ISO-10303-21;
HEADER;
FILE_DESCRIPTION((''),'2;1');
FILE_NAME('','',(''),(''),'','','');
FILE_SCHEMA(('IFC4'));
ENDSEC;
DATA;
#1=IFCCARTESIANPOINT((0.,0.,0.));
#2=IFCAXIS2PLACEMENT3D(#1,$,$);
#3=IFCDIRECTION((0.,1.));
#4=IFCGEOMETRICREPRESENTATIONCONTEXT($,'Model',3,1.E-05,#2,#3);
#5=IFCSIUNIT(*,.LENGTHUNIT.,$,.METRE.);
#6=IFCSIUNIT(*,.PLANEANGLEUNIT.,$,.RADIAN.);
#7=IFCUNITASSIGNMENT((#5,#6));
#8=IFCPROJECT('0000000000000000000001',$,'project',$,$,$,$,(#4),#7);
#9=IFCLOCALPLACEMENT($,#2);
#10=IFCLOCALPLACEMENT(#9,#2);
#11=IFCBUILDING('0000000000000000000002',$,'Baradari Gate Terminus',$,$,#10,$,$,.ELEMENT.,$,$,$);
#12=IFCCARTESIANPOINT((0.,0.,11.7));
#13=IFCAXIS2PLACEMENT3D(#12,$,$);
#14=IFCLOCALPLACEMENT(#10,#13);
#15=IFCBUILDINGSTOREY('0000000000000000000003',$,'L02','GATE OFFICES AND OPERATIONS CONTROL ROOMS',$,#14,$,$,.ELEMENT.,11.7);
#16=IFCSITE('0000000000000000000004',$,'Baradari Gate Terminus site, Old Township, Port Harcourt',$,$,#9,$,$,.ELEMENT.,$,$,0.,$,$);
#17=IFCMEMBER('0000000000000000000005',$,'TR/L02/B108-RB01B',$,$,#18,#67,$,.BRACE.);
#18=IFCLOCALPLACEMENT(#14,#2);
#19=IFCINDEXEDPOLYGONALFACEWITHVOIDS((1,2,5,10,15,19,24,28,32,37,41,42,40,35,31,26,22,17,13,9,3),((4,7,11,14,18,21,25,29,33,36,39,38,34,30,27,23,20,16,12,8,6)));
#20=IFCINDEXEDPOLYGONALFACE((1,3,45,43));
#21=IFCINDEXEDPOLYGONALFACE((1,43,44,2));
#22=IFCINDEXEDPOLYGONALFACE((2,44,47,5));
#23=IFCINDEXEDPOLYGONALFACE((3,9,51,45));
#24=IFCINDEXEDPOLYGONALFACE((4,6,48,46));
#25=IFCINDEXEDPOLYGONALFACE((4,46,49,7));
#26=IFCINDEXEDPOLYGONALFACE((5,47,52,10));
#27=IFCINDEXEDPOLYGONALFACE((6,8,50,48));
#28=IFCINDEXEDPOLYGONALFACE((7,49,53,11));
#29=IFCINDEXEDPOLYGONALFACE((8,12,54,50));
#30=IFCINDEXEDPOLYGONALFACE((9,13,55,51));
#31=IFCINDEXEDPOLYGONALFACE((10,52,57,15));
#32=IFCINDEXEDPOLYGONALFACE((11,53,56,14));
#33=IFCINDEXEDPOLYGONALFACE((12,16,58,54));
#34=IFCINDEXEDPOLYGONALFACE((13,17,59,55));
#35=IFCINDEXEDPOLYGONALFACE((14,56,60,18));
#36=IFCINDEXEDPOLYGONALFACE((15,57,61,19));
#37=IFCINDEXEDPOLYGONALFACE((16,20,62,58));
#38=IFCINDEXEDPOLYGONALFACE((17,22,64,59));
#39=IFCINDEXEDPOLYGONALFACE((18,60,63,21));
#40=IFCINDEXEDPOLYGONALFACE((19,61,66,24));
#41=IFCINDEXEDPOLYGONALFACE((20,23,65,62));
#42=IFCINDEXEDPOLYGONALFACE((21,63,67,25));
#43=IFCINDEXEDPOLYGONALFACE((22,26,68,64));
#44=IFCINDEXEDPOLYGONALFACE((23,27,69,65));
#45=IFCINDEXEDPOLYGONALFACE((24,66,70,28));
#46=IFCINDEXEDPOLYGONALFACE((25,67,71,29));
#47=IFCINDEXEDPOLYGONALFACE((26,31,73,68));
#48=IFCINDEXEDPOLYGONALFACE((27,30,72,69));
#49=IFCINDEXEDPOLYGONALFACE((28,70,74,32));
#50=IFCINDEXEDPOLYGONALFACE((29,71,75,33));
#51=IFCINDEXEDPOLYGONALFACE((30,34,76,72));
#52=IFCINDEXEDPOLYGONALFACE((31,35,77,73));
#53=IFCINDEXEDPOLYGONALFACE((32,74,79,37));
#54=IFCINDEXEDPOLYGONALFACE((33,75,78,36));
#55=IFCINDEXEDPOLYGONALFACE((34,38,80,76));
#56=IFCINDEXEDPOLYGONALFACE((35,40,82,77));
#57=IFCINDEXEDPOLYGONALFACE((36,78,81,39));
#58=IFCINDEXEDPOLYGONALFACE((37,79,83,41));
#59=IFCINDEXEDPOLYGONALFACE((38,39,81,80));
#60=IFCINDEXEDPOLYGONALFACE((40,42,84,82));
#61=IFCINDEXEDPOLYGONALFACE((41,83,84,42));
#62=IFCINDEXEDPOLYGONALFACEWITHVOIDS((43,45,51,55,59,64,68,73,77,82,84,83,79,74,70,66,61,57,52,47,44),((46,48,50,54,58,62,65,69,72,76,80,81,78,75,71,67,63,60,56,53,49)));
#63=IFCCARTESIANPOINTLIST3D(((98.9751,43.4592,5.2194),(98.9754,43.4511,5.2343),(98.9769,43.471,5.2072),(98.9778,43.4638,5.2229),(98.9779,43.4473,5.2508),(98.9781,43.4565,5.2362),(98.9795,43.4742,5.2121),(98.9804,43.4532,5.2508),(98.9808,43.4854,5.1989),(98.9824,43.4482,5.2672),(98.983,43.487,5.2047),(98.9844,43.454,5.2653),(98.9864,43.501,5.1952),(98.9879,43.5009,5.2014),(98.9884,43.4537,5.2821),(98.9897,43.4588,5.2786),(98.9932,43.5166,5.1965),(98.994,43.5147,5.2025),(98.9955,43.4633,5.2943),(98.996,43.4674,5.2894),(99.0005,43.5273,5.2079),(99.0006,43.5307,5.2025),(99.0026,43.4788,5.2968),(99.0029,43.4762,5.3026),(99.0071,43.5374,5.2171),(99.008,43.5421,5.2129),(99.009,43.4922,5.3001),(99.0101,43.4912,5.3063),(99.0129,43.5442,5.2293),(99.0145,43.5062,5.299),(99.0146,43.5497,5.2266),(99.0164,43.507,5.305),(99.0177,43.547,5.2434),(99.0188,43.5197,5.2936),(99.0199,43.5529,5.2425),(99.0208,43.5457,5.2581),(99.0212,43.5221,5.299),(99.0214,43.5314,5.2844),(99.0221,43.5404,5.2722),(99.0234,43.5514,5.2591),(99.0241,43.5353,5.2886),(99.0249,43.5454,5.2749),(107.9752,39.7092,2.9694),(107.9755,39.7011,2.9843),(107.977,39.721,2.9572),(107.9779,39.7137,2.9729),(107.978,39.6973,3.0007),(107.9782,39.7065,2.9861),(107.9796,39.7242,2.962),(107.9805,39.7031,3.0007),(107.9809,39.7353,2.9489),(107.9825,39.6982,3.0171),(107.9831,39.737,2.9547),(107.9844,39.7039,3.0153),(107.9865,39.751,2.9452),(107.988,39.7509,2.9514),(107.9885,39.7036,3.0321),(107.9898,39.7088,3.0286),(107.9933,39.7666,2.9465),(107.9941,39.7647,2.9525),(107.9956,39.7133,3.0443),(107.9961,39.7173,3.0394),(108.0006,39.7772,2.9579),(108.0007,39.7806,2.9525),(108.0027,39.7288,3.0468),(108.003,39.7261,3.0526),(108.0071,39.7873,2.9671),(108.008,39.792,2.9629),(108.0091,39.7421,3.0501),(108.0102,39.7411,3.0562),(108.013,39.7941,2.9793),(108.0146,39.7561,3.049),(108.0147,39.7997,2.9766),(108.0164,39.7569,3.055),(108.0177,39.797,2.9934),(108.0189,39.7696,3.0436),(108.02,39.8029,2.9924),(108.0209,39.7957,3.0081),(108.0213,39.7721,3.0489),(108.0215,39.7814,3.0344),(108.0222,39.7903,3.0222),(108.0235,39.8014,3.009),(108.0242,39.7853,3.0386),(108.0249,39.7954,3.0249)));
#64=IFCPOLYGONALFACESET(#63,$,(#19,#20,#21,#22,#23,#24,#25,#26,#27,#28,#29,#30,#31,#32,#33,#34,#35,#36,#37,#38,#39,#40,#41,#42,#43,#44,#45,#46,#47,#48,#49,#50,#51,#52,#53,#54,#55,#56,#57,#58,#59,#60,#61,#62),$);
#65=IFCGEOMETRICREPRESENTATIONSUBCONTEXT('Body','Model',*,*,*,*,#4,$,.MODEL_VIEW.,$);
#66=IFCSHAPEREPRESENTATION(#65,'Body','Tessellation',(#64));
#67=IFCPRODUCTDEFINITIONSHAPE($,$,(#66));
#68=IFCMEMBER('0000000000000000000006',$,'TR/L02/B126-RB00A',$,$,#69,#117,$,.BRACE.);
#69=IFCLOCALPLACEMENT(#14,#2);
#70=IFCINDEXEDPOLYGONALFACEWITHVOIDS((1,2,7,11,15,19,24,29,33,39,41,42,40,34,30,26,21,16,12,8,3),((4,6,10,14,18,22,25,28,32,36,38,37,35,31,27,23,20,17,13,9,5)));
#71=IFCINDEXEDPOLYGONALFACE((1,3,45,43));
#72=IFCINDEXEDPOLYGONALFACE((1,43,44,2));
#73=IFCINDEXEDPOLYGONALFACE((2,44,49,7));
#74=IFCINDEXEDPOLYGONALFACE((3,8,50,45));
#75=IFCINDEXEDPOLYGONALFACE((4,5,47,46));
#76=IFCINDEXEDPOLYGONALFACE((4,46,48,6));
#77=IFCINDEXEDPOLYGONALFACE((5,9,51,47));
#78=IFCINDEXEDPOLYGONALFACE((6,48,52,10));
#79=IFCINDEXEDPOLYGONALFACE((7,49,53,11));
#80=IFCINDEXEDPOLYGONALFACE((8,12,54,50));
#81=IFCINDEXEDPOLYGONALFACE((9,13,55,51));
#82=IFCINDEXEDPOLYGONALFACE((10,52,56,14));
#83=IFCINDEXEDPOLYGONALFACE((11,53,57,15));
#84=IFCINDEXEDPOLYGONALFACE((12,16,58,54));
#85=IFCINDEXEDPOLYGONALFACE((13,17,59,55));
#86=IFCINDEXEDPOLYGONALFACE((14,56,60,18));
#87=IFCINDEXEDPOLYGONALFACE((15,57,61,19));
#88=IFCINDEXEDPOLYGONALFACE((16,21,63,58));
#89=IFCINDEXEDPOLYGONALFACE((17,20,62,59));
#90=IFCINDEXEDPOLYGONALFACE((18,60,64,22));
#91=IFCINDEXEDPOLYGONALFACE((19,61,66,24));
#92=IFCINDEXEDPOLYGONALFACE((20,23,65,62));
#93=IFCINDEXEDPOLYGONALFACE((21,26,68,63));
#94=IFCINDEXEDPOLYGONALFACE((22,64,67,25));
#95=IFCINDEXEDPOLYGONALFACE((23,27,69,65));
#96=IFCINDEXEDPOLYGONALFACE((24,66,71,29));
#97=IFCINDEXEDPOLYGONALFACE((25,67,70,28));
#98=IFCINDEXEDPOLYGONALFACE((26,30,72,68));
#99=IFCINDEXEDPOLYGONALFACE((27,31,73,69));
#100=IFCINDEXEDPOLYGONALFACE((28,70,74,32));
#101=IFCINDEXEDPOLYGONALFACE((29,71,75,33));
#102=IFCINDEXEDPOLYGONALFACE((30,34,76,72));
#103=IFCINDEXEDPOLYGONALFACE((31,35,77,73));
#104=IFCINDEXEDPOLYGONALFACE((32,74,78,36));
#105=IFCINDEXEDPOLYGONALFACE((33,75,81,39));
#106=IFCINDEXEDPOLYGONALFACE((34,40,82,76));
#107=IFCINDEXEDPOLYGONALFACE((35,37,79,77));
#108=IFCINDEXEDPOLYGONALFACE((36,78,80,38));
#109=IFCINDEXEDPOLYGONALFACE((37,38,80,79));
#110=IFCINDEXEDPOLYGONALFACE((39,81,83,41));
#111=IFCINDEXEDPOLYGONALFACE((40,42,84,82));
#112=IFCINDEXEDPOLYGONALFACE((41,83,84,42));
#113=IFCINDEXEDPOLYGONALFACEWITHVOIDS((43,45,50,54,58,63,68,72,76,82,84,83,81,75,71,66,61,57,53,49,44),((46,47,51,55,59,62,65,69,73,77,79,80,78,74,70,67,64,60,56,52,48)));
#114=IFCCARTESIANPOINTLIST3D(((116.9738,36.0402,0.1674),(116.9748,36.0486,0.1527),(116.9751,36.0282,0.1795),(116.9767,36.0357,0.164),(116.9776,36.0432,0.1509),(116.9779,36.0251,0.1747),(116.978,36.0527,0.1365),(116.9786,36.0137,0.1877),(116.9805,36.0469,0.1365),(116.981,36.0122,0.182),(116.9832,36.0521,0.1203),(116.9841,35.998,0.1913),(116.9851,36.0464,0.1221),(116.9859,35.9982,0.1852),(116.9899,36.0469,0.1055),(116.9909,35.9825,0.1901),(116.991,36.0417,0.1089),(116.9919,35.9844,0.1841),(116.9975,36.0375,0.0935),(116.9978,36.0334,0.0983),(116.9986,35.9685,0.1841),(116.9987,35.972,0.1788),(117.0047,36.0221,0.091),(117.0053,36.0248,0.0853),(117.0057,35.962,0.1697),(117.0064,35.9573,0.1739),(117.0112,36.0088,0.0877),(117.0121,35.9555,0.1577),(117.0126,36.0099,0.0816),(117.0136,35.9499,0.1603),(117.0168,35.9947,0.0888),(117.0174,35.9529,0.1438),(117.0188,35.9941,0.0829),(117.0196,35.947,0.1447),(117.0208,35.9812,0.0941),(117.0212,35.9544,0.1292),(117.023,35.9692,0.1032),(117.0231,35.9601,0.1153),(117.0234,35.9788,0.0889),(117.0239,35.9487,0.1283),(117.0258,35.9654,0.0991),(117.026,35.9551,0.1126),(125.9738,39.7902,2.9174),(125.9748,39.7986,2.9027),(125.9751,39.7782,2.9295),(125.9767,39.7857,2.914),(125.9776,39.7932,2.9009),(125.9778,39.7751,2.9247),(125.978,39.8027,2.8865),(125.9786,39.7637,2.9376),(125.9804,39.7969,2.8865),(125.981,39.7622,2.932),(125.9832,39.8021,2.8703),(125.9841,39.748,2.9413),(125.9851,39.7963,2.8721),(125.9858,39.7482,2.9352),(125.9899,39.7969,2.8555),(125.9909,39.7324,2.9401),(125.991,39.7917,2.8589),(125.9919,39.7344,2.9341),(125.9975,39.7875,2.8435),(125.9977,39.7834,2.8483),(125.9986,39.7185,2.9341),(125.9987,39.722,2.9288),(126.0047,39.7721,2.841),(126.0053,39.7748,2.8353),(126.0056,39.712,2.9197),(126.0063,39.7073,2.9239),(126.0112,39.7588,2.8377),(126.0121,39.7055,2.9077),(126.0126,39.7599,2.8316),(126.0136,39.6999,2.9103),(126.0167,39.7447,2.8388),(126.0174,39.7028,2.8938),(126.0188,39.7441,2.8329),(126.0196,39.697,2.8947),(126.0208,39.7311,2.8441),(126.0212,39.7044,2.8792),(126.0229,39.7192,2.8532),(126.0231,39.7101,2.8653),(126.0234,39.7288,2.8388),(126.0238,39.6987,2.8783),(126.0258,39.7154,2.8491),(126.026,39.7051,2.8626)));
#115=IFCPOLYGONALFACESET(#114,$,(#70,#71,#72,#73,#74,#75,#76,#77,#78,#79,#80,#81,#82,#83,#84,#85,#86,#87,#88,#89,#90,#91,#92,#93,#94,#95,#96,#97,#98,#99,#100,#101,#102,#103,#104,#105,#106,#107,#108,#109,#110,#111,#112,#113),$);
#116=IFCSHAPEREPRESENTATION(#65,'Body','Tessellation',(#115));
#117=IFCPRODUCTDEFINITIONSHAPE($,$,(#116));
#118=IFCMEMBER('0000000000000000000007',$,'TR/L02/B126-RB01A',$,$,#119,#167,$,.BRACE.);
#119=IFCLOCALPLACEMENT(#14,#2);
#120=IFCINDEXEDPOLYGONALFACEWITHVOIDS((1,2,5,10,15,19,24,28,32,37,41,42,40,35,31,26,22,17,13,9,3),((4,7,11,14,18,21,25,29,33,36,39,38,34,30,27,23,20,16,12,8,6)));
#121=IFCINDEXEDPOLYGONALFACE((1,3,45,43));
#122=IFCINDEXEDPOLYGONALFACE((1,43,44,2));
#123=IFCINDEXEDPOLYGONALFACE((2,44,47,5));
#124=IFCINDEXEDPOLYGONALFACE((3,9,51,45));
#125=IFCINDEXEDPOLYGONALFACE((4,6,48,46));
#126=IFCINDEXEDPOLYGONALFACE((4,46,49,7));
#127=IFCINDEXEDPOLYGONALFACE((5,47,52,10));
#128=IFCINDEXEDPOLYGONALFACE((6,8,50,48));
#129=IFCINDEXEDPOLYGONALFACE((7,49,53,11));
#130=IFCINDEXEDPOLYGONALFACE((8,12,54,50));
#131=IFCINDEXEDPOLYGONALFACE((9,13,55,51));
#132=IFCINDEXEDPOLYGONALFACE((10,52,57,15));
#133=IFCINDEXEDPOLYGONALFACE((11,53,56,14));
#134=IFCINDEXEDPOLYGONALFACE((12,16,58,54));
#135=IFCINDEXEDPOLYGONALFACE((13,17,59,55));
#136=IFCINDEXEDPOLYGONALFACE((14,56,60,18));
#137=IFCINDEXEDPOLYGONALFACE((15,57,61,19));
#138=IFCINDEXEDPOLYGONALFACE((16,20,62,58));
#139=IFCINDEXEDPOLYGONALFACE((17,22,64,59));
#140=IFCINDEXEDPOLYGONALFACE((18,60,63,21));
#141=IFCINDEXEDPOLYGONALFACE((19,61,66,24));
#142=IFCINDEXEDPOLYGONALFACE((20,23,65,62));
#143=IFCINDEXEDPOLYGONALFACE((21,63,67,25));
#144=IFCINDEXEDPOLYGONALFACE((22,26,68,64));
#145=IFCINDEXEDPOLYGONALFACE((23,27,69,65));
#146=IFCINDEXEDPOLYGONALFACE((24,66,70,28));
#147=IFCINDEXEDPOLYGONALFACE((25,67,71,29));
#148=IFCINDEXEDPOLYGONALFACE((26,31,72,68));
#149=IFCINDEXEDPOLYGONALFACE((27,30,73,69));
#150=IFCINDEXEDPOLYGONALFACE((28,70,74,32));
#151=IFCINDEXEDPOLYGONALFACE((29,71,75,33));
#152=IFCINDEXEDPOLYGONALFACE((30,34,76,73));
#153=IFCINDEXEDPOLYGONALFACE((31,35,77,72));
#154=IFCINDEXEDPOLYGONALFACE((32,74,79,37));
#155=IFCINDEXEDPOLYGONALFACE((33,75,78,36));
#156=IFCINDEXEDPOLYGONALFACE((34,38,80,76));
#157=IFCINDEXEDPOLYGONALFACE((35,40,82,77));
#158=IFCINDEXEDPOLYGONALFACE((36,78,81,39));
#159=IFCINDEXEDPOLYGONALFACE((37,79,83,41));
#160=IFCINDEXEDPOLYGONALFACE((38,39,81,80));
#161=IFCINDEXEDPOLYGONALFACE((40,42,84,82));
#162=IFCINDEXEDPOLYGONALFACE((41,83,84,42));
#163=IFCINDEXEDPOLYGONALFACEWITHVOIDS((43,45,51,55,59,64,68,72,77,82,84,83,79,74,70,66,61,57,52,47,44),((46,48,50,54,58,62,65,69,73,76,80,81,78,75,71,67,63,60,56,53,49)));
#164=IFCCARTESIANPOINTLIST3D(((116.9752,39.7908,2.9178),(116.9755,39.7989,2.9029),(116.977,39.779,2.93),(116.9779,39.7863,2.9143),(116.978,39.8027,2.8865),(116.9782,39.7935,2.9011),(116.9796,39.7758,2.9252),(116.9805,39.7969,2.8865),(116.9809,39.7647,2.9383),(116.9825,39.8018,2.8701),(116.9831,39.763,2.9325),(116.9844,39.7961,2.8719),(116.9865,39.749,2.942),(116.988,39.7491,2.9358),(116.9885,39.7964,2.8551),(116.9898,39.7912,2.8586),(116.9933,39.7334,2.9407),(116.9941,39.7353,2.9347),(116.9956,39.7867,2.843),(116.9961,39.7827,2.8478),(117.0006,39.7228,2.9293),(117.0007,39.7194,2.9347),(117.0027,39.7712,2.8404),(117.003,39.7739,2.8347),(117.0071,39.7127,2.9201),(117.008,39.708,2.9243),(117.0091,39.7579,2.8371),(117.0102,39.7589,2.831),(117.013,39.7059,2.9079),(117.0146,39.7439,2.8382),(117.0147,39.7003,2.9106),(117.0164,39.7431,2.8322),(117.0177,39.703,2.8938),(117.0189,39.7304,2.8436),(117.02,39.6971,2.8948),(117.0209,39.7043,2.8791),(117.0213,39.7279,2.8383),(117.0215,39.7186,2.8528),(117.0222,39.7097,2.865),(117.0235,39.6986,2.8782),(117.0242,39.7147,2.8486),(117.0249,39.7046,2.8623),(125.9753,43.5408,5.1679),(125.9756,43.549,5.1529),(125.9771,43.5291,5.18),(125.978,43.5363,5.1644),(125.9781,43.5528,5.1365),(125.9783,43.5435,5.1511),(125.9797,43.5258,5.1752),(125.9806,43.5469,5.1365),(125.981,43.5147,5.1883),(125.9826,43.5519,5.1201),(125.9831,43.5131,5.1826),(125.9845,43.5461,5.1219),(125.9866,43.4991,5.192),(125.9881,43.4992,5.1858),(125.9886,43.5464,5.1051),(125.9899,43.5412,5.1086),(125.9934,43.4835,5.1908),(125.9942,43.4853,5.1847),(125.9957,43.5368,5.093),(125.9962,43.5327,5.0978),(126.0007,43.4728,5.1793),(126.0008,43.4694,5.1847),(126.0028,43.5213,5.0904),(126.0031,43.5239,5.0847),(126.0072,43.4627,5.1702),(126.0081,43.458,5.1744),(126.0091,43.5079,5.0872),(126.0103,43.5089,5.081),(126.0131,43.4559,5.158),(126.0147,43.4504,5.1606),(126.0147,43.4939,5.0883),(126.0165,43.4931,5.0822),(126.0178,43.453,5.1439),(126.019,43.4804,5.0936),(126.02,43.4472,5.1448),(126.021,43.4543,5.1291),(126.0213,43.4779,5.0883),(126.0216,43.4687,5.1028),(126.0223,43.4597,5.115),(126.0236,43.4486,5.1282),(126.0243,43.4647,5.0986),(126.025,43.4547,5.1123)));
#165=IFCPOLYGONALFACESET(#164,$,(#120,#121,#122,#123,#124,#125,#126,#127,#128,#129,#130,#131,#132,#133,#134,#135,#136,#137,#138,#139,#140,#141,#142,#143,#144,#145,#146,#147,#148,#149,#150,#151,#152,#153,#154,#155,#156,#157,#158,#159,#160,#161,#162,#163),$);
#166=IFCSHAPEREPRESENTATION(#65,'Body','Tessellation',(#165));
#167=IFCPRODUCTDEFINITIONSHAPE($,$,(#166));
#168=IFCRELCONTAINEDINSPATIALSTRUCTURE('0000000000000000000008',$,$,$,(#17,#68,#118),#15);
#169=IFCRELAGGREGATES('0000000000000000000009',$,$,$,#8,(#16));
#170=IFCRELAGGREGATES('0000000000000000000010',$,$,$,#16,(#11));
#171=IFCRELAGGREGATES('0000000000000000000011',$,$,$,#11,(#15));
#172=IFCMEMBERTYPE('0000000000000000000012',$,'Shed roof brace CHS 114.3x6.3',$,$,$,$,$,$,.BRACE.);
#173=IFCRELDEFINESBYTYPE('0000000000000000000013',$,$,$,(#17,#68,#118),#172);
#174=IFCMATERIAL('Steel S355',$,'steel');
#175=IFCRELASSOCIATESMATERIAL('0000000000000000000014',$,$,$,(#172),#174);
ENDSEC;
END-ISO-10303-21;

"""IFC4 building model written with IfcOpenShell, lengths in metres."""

from ifc_helpers import new_model, si_unit, direction, frame, origin, origin_2d, place, context, subcontext, project, spatial, hollow_circle, extrude, material, material_profile, profile_set, type_object, element, save


model = new_model("IFC4")

# Units and contexts
model_context = context("Model", 3, precision=1e-05, world=origin(), true_north=direction((0.0, 1.0)))
body_context = subcontext(model_context, "Body", "Model", "MODEL_VIEW")
ifc_project = project(units=[si_unit("LENGTHUNIT", "METRE"), si_unit("PLANEANGLEUNIT", "RADIAN")], contexts=[model_context])

# Site, building, storey
site_placement = place(None, origin())
site = spatial("IfcSite", under=ifc_project, at=site_placement, Name="Baradari Gate Terminus site, Old Township, Port Harcourt", CompositionType="ELEMENT", RefElevation=0.0)
building_placement = place(site_placement, origin())
building = spatial("IfcBuilding", under=site, at=building_placement, Name="Baradari Gate Terminus", CompositionType="ELEMENT")
storey_placement = place(building_placement, frame((0.0, 0.0, 11.7)))
storey = spatial("IfcBuildingStorey", under=building, at=storey_placement, Name="L02", Description="GATE OFFICES AND OPERATIONS CONTROL ROOMS", CompositionType="ELEMENT", Elevation=11.7)

# Members
ifc_material_1 = material(Name="Steel S355", Category="steel")
ifc_material_profile_1 = material_profile(ifc_material_1, hollow_circle(Radius=0.0571, WallThickness=0.0063, at=origin_2d()), Name="CHS 114.3x6.3")
ifc_profile_set_1 = profile_set([ifc_material_profile_1], Name="Steel S355")
member_type_1 = type_object("IfcMemberType", Name="Shed roof brace CHS 114.3x6.3", PredefinedType="BRACE", material=ifc_profile_set_1)
member_1_placement = place(storey_placement, frame((108.0, 39.75, 3.0007), z_axis=(-0.899438, 0.374766, 0.22486), x_axis=(-0.384615, -0.923077, 0.0)))
element("IfcMember", 1, at=member_1_placement, inside=storey, type_object=member_type_1, Name="TR/L02/B108-RB01B", PredefinedType="BRACE", context=body_context, shape_type="SweptSolid", body=[
    extrude(hollow_circle(Radius=0.0571, WallThickness=0.0063, at=origin_2d()), origin(), (0.0, 0.0, 1.0), 10.0063),
])
member_2_placement = place(storey_placement, frame((117.0, 36.0, 0.1365), z_axis=(0.888415, 0.370173, 0.27146), x_axis=(-0.384615, 0.923077, 0.0)))
element("IfcMember", 2, at=member_2_placement, inside=storey, type_object=member_type_1, Name="TR/L02/B126-RB00A", PredefinedType="BRACE", context=body_context, shape_type="SweptSolid", body=[
    extrude(hollow_circle(Radius=0.0571, WallThickness=0.0063, at=origin_2d()), origin(), (0.0, 0.0, 1.0), 10.1304),
])
member_3_placement = place(storey_placement, frame((117.0, 39.75, 2.8865), z_axis=(0.899438, 0.374766, 0.22486), x_axis=(-0.384615, 0.923077, 0.0)))
element("IfcMember", 3, at=member_3_placement, inside=storey, type_object=member_type_1, Name="TR/L02/B126-RB01A", PredefinedType="BRACE", context=body_context, shape_type="SweptSolid", body=[
    extrude(hollow_circle(Radius=0.0571, WallThickness=0.0063, at=origin_2d()), origin(), (0.0, 0.0, 1.0), 10.0063),
])

save(model, "model.ifc")
